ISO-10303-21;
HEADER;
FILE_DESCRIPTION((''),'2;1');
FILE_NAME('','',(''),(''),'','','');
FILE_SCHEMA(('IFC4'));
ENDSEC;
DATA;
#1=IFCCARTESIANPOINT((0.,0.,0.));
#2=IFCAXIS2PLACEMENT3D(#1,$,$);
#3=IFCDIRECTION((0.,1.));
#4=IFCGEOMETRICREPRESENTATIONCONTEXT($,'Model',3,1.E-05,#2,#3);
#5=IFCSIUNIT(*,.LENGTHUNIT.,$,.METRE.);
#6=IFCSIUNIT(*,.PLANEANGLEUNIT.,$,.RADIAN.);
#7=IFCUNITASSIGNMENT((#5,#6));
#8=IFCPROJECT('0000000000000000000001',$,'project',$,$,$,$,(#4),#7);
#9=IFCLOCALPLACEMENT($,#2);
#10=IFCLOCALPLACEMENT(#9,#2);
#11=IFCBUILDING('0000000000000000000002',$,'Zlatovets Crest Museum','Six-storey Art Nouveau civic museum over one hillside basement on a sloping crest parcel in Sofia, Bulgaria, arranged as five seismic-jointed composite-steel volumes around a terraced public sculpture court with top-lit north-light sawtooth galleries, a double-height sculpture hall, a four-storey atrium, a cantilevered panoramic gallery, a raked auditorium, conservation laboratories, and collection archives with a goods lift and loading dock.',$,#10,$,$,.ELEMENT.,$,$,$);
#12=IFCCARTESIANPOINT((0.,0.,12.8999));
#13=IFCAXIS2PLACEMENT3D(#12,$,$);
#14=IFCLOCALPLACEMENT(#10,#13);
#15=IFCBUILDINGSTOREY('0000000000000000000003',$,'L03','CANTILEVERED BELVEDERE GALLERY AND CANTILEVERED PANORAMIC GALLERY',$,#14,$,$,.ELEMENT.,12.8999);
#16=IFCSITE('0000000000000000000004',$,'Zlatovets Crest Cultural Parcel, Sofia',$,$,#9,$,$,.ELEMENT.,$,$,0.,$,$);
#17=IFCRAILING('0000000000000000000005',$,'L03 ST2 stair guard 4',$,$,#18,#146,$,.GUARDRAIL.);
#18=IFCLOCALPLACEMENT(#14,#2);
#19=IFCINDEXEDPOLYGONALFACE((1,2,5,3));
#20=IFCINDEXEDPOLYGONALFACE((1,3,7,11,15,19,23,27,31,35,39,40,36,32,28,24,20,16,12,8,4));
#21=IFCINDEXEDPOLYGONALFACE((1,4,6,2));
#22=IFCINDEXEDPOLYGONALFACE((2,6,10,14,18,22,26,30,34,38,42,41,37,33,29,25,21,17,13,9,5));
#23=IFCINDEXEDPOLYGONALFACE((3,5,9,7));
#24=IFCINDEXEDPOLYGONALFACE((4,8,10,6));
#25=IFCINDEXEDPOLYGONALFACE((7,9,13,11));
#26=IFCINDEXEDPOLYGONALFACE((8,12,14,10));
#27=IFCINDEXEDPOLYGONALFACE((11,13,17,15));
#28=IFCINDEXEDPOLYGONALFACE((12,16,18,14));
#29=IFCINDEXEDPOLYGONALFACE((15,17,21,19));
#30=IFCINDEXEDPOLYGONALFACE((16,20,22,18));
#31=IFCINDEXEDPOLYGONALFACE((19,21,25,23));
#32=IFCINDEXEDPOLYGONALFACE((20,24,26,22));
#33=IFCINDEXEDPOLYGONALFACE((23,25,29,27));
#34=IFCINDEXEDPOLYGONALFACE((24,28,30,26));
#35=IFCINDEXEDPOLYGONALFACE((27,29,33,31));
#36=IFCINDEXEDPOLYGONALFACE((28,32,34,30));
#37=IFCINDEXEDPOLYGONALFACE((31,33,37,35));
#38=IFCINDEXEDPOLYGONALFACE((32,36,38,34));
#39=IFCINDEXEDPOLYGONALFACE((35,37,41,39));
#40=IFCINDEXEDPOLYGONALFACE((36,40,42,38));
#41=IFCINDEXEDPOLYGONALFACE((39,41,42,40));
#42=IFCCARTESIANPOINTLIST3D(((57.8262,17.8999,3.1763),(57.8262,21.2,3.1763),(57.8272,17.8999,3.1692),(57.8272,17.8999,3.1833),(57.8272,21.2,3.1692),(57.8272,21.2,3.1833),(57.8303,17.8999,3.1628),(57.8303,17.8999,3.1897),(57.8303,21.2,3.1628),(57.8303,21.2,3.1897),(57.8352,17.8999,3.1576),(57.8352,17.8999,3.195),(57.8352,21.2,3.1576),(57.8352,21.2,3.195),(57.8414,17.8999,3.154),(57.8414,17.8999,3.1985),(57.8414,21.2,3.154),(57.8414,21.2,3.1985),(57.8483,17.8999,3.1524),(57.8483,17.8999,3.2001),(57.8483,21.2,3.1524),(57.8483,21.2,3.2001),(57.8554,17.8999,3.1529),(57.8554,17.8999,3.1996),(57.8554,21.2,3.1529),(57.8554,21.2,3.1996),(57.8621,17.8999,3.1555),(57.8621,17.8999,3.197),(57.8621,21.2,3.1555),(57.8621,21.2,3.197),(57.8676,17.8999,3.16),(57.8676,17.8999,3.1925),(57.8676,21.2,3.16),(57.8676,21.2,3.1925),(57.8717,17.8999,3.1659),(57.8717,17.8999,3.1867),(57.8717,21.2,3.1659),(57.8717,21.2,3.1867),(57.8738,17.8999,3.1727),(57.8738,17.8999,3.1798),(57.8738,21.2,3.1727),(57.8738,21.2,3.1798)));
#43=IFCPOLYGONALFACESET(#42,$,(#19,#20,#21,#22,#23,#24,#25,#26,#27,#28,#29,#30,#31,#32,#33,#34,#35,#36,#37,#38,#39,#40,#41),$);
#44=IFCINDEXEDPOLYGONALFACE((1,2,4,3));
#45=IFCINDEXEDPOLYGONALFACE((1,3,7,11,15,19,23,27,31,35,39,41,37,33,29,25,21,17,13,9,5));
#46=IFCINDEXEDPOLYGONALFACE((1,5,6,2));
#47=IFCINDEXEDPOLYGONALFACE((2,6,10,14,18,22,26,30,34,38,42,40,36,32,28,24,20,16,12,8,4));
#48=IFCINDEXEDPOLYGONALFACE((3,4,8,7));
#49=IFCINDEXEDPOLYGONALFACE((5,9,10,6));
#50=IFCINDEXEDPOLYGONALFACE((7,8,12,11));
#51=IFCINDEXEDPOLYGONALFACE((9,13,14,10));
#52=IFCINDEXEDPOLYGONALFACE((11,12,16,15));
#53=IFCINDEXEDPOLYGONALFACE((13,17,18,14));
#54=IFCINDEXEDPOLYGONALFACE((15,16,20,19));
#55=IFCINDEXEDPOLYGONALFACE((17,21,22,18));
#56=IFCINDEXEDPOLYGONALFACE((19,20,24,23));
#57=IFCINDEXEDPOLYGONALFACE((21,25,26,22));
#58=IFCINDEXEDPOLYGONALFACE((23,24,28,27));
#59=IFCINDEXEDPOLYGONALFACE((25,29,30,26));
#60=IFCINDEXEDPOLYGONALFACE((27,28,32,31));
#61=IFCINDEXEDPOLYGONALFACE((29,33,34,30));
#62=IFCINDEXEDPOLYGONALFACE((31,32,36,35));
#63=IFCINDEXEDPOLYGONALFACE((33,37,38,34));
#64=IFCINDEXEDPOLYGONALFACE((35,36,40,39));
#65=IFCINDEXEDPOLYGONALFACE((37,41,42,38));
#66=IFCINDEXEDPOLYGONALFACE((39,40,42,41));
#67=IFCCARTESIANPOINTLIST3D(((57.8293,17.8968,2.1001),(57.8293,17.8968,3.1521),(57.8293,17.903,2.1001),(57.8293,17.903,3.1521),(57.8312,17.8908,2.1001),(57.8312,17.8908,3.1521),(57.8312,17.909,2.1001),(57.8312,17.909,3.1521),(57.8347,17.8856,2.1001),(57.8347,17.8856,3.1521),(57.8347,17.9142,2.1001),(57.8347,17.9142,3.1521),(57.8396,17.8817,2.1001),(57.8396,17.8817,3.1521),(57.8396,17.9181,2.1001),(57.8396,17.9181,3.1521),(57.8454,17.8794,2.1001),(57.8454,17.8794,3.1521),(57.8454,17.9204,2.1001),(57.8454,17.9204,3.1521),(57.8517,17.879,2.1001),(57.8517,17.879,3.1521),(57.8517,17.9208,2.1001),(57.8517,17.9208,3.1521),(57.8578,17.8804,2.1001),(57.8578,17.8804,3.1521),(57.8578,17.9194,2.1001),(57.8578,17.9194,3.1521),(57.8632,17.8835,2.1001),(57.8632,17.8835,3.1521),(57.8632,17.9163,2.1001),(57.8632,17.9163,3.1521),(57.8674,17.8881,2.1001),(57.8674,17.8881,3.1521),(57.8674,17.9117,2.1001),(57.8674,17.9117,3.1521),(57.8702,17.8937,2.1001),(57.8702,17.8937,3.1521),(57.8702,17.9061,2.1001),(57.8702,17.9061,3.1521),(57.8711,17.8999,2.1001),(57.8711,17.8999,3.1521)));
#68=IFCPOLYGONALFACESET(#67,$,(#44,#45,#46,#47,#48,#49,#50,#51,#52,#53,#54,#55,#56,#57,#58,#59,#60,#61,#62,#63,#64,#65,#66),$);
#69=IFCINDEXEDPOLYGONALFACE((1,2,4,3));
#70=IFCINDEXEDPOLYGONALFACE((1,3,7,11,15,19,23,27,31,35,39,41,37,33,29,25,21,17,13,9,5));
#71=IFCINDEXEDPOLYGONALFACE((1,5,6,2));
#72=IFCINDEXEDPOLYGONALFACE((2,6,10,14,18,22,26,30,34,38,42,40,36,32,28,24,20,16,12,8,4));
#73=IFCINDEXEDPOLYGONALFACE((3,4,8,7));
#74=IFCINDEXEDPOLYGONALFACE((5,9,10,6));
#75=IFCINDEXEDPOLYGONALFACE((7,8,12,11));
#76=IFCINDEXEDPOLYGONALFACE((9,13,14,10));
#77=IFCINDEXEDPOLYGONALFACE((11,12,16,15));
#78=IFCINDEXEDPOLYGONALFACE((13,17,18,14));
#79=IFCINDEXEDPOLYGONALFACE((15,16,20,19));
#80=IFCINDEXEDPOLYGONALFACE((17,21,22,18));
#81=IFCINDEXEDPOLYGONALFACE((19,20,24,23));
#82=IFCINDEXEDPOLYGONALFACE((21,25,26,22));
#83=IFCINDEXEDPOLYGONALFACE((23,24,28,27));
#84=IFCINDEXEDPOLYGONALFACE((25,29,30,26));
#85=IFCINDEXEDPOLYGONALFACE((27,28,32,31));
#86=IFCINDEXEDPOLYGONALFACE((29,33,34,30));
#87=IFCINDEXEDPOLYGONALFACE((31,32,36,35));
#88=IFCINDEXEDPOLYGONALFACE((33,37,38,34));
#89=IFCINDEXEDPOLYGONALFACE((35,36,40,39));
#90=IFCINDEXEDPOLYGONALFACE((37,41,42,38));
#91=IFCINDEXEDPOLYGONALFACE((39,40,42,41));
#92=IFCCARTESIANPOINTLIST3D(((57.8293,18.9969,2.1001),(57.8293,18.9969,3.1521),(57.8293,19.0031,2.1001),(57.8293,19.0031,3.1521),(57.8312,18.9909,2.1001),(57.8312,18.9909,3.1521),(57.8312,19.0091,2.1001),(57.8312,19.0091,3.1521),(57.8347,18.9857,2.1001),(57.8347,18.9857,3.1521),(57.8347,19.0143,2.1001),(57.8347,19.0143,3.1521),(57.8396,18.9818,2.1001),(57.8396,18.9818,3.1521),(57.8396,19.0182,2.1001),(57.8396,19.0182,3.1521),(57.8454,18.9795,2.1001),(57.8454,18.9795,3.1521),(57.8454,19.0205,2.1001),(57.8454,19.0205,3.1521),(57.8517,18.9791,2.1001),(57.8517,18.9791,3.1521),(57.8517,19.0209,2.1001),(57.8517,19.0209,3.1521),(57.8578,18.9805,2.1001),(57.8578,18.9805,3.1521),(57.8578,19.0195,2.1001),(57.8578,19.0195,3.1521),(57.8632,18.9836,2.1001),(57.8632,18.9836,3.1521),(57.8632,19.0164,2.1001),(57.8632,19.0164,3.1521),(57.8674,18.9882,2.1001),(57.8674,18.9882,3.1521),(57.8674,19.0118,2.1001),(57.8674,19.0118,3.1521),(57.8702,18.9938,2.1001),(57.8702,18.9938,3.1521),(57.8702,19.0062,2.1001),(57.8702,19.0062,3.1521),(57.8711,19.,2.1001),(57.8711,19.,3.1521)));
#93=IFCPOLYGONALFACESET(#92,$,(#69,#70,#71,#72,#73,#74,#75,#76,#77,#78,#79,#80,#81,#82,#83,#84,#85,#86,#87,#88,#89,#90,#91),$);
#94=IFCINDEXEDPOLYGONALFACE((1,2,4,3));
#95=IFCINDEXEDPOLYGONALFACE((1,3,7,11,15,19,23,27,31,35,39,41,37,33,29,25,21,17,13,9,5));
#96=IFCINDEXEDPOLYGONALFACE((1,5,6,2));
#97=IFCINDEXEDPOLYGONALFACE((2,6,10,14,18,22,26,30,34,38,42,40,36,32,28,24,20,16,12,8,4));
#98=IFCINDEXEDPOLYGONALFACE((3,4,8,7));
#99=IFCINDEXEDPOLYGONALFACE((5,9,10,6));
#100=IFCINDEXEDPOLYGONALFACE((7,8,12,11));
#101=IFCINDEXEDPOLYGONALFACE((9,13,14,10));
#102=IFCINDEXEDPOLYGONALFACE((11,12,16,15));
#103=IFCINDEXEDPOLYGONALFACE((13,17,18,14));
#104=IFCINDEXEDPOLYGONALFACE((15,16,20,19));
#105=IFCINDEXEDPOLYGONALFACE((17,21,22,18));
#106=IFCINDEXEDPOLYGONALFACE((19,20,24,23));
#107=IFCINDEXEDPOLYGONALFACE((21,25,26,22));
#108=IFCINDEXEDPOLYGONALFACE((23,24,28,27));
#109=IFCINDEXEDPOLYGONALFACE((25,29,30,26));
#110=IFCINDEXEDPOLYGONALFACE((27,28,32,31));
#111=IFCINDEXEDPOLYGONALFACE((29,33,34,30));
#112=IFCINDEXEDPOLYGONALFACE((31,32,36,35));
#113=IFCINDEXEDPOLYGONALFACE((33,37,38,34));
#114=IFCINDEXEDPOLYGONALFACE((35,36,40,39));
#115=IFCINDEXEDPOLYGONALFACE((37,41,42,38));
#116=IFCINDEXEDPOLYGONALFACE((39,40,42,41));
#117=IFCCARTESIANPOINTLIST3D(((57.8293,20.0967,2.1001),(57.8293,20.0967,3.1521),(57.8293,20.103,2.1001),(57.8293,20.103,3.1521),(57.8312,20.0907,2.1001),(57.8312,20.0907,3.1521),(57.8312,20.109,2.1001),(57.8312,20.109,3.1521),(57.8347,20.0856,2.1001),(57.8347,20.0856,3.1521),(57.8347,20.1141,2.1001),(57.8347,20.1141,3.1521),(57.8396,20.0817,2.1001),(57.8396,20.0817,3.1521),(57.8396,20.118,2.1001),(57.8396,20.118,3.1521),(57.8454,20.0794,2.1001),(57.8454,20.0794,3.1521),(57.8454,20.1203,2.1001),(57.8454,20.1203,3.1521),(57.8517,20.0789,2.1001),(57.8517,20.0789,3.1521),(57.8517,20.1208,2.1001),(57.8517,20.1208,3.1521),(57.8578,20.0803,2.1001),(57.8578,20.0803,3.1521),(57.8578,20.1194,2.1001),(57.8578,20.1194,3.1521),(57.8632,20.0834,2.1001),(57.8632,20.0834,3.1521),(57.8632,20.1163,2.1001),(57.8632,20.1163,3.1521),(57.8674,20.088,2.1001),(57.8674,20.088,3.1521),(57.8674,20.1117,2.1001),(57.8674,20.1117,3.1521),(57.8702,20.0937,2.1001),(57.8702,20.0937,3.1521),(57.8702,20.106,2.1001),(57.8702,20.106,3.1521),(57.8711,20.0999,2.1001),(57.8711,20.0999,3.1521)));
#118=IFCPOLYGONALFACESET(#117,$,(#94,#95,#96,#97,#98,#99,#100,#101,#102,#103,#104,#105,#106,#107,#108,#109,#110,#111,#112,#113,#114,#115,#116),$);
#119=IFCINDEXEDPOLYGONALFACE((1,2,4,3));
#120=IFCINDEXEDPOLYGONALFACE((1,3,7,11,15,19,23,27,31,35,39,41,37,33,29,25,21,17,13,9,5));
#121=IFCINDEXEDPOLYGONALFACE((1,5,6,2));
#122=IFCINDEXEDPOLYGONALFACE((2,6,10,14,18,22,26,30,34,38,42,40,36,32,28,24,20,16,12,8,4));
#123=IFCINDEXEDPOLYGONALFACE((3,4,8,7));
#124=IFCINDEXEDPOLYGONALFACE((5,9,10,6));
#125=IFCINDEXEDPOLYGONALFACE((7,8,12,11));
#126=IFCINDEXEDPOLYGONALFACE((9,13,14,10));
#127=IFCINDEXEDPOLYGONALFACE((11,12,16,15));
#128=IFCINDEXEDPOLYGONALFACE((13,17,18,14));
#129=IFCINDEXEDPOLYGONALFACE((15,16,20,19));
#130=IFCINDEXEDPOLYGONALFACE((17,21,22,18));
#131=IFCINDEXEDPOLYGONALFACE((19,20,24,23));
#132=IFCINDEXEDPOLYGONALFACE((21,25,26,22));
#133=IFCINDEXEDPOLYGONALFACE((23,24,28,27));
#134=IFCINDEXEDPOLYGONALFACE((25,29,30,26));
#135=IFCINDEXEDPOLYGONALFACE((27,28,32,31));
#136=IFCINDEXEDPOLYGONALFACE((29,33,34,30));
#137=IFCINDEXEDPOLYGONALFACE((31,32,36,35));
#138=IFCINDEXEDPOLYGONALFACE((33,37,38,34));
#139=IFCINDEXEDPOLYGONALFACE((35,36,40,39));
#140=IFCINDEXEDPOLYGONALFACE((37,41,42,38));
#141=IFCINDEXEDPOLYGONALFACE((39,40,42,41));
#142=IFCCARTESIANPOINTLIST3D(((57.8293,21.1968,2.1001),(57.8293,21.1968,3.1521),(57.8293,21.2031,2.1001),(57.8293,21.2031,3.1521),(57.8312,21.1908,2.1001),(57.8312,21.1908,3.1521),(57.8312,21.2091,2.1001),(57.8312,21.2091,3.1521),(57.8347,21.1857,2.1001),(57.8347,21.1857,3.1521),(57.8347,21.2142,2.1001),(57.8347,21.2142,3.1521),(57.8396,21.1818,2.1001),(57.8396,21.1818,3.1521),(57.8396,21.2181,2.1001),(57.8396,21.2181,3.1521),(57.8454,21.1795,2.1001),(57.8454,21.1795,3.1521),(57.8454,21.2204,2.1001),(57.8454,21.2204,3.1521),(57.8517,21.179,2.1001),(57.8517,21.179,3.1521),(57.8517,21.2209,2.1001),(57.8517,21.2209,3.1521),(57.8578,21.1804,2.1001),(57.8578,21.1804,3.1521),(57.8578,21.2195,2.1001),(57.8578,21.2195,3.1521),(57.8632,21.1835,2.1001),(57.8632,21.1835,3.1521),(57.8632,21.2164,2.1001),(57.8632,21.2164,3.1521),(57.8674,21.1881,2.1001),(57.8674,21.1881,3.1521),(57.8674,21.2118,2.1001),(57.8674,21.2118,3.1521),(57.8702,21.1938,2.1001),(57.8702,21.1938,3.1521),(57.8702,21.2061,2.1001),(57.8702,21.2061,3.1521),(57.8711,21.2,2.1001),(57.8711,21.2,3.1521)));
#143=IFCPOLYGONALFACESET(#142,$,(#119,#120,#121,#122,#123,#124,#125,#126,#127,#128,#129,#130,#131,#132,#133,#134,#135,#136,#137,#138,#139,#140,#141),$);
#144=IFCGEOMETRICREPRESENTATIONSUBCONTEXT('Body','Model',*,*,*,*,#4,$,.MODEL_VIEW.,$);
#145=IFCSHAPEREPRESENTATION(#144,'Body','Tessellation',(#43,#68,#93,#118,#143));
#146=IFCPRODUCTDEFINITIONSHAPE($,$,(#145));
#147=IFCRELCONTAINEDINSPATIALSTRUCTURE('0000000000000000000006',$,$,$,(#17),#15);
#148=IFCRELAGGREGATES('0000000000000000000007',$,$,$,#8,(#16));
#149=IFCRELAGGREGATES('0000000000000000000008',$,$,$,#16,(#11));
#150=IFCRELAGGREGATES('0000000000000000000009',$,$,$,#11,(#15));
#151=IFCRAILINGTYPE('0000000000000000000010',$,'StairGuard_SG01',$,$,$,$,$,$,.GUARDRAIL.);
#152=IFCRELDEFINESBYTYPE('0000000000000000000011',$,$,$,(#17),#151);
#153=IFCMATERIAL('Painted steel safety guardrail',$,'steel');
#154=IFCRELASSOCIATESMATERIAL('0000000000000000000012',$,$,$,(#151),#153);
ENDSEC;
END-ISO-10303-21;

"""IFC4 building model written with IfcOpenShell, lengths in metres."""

from ifc_helpers import new_model, si_unit, direction, frame, origin, origin_2d, place, context, subcontext, project, spatial, circle, extrude, material, type_object, element, save


model = new_model("IFC4")

# Units and contexts
model_context = context("Model", 3, precision=1e-05, world=origin(), true_north=direction((0.0, 1.0)))
body_context = subcontext(model_context, "Body", "Model", "MODEL_VIEW")
ifc_project = project(units=[si_unit("LENGTHUNIT", "METRE"), si_unit("PLANEANGLEUNIT", "RADIAN")], contexts=[model_context])

# Site, building, storey
site_placement = place(None, origin())
site = spatial("IfcSite", under=ifc_project, at=site_placement, Name="Zlatovets Crest Cultural Parcel, Sofia", CompositionType="ELEMENT", RefElevation=0.0)
building_placement = place(site_placement, origin())
building = spatial("IfcBuilding", under=site, at=building_placement, Name="Zlatovets Crest Museum", Description="Six-storey Art Nouveau civic museum over one hillside basement on a sloping crest parcel in Sofia, Bulgaria, arranged as five seismic-jointed composite-steel volumes around a terraced public sculpture court with top-lit north-light sawtooth galleries, a double-height sculpture hall, a four-storey atrium, a cantilevered panoramic gallery, a raked auditorium, conservation laboratories, and collection archives with a goods lift and loading dock.", CompositionType="ELEMENT")
storey_placement = place(building_placement, frame((0.0, 0.0, 12.8999)))
storey = spatial("IfcBuildingStorey", under=building, at=storey_placement, Name="L03", Description="CANTILEVERED BELVEDERE GALLERY AND CANTILEVERED PANORAMIC GALLERY", CompositionType="ELEMENT", Elevation=12.8999)

# Railing
ifc_material_1 = material(Name="Painted steel safety guardrail", Category="steel")
railing_type_1 = type_object("IfcRailingType", Name="StairGuard_SG01", PredefinedType="GUARDRAIL", material=ifc_material_1)
for number, where, name in (
    (1, (57.8501, 17.8999, 2.1001), "L03 ST2 stair guard 4"),
):
    element("IfcRailing", number, at=place(storey_placement, frame(where)), inside=storey, type_object=railing_type_1, Name=name, PredefinedType="GUARDRAIL", context=body_context, shape_type="SweptSolid", body=[
        extrude(circle(Radius=0.0239, at=origin_2d()), frame((0.0, 0.0, 1.0762), z_axis=(0.0, 1.0, 0.0), x_axis=(-1.0, 0.0, 0.0)), (0.0, 0.0, 1.0), 3.3),
        extrude(circle(Radius=0.021, at=origin_2d()), origin(), (0.0, 0.0, 1.0), 1.052),
        extrude(circle(Radius=0.021, at=origin_2d()), frame((0.0, 1.1001, 0.0)), (0.0, 0.0, 1.0), 1.052),
        extrude(circle(Radius=0.021, at=origin_2d()), frame((0.0, 2.2, 0.0)), (0.0, 0.0, 1.0), 1.052),
        extrude(circle(Radius=0.021, at=origin_2d()), frame((0.0, 3.3, 0.0)), (0.0, 0.0, 1.0), 1.052),
    ])

save(model, "model.ifc")
